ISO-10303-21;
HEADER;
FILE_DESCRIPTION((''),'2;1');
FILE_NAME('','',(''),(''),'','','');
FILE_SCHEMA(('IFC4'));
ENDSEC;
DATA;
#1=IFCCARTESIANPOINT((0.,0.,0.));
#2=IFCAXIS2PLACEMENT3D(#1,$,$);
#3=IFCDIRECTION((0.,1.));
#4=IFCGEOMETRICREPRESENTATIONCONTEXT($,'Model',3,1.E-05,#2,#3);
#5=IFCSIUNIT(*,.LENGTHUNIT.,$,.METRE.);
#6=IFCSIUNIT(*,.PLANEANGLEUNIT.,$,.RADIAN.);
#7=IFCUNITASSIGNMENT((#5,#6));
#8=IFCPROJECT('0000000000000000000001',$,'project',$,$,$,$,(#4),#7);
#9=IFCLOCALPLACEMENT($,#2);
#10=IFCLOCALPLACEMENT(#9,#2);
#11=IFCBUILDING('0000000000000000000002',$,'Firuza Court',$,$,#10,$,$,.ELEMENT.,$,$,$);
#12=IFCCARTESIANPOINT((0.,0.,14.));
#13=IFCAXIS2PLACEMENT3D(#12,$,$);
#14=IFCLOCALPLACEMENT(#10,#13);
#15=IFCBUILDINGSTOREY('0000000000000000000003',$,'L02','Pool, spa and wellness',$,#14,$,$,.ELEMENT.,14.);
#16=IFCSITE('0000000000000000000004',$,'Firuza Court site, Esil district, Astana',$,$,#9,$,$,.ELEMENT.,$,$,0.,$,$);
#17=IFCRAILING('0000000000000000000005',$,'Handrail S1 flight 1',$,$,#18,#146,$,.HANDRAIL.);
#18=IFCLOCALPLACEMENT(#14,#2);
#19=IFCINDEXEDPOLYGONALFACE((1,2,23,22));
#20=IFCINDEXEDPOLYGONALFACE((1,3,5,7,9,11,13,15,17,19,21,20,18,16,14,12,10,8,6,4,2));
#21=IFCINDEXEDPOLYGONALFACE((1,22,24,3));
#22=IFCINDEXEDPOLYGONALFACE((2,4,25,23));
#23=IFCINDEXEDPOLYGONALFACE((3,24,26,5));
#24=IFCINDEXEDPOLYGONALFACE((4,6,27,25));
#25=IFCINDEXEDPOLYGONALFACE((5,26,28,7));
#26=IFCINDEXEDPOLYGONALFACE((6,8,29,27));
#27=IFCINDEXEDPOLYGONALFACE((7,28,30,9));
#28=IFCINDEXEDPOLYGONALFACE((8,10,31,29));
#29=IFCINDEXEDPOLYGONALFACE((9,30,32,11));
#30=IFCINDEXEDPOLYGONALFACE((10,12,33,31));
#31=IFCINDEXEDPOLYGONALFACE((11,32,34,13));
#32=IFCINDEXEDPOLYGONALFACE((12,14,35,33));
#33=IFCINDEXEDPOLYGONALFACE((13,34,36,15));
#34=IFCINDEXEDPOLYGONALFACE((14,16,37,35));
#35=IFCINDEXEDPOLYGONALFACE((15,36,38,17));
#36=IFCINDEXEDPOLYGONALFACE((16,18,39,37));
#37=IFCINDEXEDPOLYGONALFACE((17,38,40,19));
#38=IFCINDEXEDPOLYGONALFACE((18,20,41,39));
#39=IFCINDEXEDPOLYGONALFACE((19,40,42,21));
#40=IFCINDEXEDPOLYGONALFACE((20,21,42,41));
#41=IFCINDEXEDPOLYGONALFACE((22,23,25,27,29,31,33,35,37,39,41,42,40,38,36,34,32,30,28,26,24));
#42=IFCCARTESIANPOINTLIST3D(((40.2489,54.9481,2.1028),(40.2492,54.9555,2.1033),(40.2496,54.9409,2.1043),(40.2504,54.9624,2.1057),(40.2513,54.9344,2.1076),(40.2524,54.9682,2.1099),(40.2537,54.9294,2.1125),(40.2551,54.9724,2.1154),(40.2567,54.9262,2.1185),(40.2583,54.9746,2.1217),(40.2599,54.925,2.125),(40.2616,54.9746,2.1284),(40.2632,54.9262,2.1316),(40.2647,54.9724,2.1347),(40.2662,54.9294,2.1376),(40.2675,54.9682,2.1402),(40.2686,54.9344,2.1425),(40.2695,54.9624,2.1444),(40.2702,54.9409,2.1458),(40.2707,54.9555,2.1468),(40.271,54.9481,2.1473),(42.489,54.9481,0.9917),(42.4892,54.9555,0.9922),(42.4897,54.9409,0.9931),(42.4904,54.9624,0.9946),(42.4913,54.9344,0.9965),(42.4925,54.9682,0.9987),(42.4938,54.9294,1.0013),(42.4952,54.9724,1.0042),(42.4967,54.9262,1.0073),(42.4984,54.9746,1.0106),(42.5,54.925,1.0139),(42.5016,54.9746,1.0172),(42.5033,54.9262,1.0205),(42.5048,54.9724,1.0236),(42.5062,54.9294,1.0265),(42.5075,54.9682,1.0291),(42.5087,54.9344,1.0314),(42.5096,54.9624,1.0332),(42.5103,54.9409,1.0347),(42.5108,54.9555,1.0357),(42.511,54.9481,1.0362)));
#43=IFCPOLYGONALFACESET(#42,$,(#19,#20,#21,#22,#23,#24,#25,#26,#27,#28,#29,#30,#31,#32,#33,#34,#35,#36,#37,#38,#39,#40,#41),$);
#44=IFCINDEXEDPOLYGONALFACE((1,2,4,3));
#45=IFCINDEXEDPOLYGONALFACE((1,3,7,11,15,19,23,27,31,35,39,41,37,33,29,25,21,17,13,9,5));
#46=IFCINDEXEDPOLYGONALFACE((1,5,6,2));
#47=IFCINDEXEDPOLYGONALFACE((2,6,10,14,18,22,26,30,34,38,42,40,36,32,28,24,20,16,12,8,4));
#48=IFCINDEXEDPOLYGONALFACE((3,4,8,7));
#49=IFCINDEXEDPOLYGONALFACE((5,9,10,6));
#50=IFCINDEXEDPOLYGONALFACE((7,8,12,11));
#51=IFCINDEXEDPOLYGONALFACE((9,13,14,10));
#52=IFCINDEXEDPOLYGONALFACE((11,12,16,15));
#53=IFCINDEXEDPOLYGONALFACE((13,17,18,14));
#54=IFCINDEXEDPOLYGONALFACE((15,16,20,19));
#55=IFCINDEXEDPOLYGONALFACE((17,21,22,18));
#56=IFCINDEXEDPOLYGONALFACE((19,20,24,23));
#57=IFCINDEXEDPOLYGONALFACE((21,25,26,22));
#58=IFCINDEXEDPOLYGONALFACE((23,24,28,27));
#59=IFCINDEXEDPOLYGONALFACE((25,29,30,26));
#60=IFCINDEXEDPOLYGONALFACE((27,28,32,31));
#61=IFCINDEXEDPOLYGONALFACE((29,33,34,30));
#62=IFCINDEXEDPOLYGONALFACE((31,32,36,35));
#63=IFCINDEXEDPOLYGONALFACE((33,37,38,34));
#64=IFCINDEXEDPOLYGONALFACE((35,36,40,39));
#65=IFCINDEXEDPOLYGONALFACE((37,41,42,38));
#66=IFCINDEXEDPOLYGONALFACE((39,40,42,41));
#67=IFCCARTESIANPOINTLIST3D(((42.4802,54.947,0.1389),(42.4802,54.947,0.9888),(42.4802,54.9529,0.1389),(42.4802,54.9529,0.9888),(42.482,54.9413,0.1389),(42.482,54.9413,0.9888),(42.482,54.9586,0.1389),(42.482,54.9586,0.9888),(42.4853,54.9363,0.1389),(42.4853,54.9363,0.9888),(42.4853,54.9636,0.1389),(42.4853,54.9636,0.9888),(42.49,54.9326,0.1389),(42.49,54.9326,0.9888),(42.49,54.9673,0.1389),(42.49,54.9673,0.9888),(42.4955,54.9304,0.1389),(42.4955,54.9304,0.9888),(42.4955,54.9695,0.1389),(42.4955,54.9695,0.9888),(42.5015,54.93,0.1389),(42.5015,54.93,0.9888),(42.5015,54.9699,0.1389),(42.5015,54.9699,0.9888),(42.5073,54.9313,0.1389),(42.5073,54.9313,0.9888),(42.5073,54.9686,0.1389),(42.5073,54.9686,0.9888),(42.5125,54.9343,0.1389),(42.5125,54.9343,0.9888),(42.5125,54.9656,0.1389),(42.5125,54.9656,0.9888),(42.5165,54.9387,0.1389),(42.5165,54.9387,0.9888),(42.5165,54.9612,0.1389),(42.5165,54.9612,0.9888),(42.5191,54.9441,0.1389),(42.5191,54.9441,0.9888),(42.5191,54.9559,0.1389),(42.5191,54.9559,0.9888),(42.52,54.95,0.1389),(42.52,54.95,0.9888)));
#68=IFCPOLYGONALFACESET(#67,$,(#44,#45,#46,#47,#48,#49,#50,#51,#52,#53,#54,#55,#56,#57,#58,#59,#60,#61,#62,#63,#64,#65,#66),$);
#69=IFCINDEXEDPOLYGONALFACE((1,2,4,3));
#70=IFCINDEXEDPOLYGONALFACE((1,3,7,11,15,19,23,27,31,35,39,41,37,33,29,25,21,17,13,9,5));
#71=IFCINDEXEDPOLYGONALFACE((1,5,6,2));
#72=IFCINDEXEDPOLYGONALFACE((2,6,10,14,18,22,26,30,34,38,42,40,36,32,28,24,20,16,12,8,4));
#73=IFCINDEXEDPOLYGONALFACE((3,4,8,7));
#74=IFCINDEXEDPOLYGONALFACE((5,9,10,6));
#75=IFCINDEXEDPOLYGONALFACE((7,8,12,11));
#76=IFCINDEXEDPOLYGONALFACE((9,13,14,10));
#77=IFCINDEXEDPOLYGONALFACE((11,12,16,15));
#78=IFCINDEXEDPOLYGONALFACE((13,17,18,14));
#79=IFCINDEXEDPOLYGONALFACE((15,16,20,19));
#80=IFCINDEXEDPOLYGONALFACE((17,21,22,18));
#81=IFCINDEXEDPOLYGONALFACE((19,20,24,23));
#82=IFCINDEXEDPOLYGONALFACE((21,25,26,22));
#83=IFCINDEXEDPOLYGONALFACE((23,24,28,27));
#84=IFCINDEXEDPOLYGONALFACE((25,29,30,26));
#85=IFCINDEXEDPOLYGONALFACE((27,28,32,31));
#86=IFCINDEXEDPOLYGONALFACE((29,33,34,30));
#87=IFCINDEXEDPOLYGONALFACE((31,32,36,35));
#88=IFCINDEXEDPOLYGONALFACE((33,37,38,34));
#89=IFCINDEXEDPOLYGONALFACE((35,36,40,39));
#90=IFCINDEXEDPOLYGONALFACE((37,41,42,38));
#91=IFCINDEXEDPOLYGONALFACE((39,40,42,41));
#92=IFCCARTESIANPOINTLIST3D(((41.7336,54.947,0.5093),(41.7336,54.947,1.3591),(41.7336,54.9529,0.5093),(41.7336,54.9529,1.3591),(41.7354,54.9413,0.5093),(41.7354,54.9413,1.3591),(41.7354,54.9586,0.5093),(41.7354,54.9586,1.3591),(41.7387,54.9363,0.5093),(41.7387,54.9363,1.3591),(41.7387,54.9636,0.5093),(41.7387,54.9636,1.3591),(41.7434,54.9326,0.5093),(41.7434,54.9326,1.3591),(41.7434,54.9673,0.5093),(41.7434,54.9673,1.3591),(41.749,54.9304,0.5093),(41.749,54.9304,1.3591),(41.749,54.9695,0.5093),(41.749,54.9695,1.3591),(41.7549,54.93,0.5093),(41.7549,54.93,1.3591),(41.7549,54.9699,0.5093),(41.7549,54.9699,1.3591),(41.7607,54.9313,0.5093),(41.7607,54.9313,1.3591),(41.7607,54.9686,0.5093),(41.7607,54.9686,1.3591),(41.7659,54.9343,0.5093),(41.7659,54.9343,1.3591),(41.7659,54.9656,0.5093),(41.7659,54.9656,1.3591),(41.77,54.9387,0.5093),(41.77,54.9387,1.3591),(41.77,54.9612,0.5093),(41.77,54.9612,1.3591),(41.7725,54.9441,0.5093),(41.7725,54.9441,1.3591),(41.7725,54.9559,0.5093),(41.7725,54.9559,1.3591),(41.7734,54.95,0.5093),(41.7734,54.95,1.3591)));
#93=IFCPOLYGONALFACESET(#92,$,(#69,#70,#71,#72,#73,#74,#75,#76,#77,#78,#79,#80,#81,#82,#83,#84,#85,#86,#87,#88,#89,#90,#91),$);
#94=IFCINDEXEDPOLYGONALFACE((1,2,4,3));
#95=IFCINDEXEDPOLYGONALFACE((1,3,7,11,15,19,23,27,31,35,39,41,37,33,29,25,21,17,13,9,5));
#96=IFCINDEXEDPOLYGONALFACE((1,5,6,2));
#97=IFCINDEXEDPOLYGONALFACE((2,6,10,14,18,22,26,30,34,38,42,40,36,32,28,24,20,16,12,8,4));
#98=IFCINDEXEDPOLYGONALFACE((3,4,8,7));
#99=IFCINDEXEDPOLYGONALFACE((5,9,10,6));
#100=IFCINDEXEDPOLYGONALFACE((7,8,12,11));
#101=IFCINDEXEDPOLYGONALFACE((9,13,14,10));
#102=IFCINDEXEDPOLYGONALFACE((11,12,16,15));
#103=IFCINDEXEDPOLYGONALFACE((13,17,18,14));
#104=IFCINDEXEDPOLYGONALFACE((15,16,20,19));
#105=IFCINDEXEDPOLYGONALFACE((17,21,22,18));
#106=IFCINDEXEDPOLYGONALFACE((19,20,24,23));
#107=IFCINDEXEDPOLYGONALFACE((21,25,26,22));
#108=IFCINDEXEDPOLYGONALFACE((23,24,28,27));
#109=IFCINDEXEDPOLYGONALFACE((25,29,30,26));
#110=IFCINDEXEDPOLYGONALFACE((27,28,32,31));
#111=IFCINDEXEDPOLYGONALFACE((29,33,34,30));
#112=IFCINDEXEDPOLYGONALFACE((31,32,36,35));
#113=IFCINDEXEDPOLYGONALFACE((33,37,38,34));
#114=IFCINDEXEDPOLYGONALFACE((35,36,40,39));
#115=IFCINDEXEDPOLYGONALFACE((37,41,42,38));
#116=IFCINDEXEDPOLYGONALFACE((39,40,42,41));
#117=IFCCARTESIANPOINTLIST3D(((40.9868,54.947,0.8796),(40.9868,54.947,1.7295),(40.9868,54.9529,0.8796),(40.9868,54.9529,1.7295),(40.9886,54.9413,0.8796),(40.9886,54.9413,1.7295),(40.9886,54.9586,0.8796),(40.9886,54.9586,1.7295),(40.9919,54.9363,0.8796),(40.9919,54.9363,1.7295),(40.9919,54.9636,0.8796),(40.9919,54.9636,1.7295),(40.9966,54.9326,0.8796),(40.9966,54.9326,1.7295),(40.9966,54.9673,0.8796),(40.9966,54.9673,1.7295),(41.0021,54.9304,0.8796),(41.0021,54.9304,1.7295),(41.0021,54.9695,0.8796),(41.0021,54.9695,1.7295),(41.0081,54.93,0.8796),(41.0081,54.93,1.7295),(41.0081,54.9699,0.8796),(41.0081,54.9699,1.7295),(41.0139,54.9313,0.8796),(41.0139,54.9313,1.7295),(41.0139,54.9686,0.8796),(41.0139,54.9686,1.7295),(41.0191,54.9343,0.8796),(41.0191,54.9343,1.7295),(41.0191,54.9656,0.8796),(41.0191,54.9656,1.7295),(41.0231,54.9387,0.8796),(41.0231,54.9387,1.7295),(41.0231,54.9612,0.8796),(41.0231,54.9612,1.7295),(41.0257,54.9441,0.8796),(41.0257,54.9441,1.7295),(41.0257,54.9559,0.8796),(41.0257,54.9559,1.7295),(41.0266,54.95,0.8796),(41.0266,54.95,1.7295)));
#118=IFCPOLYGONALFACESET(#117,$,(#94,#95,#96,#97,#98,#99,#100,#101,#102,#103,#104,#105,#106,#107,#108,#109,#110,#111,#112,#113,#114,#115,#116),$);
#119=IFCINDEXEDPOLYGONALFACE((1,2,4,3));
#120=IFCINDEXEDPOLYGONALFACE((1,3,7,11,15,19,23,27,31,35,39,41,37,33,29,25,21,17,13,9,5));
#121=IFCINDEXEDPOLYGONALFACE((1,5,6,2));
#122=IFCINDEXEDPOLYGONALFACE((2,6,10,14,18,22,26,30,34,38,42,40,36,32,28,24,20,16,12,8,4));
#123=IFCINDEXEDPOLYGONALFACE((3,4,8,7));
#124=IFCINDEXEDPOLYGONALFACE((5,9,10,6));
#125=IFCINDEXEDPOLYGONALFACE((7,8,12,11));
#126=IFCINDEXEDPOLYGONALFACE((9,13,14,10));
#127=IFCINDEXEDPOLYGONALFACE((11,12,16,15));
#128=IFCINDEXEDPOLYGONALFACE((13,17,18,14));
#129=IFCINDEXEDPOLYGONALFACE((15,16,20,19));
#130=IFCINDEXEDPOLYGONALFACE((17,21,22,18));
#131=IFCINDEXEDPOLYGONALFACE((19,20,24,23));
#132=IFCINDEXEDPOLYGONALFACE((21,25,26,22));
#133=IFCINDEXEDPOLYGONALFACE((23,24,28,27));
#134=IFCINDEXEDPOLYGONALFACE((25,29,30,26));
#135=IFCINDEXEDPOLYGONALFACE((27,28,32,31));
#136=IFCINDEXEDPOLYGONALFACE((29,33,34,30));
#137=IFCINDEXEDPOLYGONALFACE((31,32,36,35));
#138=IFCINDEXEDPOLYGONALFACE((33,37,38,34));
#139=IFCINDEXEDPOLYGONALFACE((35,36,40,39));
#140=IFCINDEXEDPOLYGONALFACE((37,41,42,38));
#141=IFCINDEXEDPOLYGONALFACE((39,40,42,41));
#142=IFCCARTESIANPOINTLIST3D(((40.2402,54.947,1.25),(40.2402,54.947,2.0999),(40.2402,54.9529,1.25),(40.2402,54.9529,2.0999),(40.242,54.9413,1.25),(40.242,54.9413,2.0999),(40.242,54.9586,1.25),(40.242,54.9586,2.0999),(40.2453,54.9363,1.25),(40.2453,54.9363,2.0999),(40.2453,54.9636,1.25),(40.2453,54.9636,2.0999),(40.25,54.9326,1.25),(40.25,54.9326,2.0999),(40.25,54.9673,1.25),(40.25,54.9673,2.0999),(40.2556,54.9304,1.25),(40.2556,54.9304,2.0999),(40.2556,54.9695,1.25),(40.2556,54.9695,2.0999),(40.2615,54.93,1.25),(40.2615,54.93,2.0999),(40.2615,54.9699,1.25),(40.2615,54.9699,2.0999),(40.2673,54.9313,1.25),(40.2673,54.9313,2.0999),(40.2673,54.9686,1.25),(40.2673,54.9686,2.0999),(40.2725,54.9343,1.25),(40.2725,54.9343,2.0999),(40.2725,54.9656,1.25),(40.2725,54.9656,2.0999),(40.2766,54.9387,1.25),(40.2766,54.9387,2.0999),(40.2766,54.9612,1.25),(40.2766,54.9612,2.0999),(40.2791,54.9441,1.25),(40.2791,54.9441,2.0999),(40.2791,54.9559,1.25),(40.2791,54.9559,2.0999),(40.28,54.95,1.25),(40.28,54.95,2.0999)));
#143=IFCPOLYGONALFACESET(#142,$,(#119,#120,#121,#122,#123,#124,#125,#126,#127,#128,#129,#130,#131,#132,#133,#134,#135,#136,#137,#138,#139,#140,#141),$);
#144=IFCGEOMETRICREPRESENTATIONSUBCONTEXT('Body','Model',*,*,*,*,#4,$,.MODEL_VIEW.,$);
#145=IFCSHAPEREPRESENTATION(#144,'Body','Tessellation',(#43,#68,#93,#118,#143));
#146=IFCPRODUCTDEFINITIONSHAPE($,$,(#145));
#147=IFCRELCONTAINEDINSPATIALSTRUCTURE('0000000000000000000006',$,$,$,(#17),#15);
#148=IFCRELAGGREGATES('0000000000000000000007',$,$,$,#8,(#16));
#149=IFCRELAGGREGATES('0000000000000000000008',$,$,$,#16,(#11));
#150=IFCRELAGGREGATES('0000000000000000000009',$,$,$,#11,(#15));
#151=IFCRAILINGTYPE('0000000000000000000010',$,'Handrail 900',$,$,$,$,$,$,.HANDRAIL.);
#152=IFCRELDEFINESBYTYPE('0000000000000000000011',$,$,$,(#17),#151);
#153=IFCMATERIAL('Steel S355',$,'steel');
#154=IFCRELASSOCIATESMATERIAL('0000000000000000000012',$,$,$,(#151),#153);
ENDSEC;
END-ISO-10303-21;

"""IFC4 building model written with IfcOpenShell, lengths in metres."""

from ifc_helpers import new_model, si_unit, direction, frame, origin, origin_2d, place, context, subcontext, project, spatial, circle, extrude, material, type_object, element, save


model = new_model("IFC4")

# Units and contexts
model_context = context("Model", 3, precision=1e-05, world=origin(), true_north=direction((0.0, 1.0)))
body_context = subcontext(model_context, "Body", "Model", "MODEL_VIEW")
ifc_project = project(units=[si_unit("LENGTHUNIT", "METRE"), si_unit("PLANEANGLEUNIT", "RADIAN")], contexts=[model_context])

# Site, building, storey
site_placement = place(None, origin())
site = spatial("IfcSite", under=ifc_project, at=site_placement, Name="Firuza Court site, Esil district, Astana", CompositionType="ELEMENT", RefElevation=0.0)
building_placement = place(site_placement, origin())
building = spatial("IfcBuilding", under=site, at=building_placement, Name="Firuza Court", CompositionType="ELEMENT")
storey_placement = place(building_placement, frame((0.0, 0.0, 14.0)))
storey = spatial("IfcBuildingStorey", under=building, at=storey_placement, Name="L02", Description="Pool, spa and wellness", CompositionType="ELEMENT", Elevation=14.0)

# Railing
ifc_material_1 = material(Name="Steel S355", Category="steel")
railing_type_1 = type_object("IfcRailingType", Name="Handrail 900", PredefinedType="HANDRAIL", material=ifc_material_1)
for number, where, name in (
    (1, (42.5, 54.95, 0.1389), "Handrail S1 flight 1"),
):
    element("IfcRailing", number, at=place(storey_placement, frame(where)), inside=storey, type_object=railing_type_1, Name=name, PredefinedType="HANDRAIL", context=body_context, shape_type="SweptSolid", body=[
        extrude(circle(Radius=0.0249, at=origin_2d()), frame((0.0, 0.0, 0.875), z_axis=(-0.895848, 0.0, 0.44436), x_axis=(0.0, -1.0, 0.0)), (0.0, 0.0, 1.0), 2.5005),
        extrude(circle(Radius=0.02, at=origin_2d()), origin(), (0.0, 0.0, 1.0), 0.8499),
        extrude(circle(Radius=0.02, at=origin_2d()), frame((-0.7466, 0.0, 0.3704)), (0.0, 0.0, 1.0), 0.8499),
        extrude(circle(Radius=0.02, at=origin_2d()), frame((-1.4934, 0.0, 0.7407)), (0.0, 0.0, 1.0), 0.8499),
        extrude(circle(Radius=0.02, at=origin_2d()), frame((-2.24, 0.0, 1.1111)), (0.0, 0.0, 1.0), 0.8499),
    ])

save(model, "model.ifc")
